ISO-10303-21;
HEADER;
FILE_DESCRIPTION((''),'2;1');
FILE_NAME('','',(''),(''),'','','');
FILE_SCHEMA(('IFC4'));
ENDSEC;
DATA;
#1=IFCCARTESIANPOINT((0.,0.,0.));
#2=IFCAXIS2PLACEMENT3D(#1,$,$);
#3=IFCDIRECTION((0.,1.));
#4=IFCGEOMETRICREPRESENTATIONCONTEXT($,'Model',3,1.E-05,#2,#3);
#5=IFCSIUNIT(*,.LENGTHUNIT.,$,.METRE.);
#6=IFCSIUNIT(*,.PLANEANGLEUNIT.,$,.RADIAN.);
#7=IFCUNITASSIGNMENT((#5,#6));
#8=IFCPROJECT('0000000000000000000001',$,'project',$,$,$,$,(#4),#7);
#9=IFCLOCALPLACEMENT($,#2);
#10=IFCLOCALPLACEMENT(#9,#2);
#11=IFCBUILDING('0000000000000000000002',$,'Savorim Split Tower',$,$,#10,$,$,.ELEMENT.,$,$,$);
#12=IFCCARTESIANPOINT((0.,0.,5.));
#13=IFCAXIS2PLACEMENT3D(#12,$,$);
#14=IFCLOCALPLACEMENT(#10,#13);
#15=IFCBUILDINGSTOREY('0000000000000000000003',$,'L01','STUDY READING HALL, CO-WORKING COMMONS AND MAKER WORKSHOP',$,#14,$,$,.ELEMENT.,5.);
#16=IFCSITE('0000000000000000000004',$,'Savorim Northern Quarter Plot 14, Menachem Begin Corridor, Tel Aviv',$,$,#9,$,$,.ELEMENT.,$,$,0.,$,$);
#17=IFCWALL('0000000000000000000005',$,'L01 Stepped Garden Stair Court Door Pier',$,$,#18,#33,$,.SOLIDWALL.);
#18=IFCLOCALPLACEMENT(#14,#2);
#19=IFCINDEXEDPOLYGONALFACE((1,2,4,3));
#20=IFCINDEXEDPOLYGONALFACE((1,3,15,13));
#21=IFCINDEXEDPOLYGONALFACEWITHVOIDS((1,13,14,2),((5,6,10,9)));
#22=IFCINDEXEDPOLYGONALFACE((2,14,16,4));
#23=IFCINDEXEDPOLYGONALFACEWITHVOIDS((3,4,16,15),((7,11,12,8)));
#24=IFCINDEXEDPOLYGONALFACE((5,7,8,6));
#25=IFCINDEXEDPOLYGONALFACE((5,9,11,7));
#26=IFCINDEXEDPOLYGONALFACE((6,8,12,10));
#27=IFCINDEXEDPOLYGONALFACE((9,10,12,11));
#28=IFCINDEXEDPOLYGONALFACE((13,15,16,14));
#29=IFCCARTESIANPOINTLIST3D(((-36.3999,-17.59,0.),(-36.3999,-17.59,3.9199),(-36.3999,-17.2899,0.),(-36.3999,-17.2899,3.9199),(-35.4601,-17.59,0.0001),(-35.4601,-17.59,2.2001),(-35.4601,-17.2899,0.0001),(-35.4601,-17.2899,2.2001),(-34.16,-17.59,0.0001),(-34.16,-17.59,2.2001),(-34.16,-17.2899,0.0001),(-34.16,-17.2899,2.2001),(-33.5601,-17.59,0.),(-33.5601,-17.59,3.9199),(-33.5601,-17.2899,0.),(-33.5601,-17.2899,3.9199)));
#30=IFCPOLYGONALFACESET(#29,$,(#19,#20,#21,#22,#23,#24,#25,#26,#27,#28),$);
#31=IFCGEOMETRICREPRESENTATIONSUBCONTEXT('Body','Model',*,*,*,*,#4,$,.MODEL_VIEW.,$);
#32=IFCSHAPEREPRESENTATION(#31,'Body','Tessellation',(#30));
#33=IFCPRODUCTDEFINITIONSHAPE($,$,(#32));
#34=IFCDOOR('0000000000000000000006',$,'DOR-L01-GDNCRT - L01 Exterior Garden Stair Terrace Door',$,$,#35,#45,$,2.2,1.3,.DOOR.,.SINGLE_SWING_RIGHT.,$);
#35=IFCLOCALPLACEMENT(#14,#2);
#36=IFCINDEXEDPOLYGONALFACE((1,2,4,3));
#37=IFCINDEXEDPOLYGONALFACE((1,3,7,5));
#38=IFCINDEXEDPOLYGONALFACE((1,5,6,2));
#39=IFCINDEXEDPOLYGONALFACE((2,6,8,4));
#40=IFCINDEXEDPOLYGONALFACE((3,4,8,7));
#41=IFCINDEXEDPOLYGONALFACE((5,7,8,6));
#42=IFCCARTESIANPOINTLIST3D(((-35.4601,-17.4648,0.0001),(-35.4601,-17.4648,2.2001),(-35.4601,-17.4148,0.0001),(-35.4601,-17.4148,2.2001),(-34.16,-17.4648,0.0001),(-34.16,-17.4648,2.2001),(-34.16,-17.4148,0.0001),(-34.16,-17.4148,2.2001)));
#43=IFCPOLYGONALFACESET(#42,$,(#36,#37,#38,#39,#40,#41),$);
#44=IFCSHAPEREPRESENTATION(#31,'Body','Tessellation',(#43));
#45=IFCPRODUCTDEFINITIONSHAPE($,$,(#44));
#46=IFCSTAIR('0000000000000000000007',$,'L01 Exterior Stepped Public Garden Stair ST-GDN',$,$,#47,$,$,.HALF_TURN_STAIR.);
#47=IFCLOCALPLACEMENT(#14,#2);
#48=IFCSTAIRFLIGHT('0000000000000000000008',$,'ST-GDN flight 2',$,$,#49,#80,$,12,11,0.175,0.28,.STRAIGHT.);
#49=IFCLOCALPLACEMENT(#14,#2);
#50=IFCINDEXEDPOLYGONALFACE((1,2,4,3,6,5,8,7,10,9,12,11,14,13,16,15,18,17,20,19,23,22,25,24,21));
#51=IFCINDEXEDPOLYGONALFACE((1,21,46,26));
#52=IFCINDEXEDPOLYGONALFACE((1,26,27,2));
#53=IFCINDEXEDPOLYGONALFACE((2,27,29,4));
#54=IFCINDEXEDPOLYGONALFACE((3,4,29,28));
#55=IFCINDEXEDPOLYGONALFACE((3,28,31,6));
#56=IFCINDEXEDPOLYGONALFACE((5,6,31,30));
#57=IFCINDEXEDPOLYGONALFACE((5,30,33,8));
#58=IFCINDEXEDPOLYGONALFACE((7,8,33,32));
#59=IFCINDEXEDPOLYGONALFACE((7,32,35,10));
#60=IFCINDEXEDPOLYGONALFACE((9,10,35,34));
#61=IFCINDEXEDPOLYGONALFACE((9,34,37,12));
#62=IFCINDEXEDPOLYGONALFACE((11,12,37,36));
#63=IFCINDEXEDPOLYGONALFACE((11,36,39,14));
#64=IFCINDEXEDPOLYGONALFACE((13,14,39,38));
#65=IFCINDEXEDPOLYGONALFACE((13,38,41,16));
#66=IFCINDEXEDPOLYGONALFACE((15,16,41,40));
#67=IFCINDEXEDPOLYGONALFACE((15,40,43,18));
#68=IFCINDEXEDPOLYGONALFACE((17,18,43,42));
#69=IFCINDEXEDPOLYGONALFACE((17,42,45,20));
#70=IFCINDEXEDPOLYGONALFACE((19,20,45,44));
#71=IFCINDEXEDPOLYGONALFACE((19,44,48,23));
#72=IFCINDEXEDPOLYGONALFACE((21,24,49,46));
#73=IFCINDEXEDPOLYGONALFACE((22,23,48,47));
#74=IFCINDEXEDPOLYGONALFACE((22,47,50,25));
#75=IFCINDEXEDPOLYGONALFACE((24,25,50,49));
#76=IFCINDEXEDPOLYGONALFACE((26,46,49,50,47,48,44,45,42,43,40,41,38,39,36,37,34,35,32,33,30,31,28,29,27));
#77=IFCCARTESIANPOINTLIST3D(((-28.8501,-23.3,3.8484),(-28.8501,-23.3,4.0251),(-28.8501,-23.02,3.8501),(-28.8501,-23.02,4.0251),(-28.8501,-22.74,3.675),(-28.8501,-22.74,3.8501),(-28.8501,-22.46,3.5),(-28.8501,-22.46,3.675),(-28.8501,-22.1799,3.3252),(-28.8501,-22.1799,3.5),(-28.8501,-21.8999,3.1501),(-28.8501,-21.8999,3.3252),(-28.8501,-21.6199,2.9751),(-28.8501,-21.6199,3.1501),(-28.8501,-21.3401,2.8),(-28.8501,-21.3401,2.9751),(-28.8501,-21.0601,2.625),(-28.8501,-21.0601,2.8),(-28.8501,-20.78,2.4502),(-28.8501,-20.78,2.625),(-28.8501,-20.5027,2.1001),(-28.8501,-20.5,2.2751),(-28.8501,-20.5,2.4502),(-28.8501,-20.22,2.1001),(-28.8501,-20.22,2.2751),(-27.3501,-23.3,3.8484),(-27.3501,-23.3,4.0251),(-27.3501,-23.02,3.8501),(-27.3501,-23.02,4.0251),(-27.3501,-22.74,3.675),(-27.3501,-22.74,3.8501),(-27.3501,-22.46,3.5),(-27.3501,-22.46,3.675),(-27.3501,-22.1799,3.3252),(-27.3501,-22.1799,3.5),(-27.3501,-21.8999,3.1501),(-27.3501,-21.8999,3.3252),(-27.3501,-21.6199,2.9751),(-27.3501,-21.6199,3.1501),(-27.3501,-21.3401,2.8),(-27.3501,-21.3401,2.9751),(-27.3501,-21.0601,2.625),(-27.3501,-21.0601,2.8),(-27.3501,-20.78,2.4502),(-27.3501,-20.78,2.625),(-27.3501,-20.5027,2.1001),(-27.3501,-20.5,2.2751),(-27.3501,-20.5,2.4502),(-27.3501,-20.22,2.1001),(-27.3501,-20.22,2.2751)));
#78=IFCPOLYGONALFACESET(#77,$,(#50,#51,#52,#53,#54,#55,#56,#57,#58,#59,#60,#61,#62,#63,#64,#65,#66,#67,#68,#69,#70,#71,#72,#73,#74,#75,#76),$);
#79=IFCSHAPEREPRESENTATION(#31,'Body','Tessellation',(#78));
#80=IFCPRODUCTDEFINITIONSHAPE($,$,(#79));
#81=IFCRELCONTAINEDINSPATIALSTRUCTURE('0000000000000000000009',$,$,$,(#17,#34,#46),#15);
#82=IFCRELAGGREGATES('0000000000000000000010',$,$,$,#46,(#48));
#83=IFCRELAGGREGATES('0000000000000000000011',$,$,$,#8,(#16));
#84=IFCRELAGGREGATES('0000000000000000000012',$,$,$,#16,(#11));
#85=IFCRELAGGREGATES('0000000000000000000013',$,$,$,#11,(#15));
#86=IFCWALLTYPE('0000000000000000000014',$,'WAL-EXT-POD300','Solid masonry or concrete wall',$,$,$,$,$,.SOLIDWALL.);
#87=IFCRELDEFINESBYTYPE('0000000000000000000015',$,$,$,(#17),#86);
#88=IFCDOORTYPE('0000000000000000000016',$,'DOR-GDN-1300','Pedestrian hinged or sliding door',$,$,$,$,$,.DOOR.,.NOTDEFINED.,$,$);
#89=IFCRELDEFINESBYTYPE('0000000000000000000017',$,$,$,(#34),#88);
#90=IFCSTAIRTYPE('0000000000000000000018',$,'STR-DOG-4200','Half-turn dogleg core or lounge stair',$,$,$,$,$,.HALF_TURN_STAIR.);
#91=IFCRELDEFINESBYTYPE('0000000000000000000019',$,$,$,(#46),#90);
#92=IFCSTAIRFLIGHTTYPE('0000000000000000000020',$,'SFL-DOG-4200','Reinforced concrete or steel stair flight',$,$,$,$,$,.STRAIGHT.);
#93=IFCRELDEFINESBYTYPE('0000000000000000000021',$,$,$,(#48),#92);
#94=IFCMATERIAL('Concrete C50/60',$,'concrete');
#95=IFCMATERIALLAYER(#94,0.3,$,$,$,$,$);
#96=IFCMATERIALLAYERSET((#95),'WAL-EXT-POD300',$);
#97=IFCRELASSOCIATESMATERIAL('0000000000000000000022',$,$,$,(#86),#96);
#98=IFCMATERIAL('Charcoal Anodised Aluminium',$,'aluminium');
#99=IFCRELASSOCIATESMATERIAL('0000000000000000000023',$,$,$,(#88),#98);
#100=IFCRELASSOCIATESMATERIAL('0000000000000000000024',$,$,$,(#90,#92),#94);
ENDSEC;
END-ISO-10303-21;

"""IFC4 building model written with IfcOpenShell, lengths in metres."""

from ifc_helpers import new_model, si_unit, direction, frame, frame_2d, origin, place, context, subcontext, project, spatial, polyline, rectangle, outline, extrude, material, layer, layer_set, type_object, element, fill, aggregate, save


model = new_model("IFC4")

# Units and contexts
model_context = context("Model", 3, precision=1e-05, world=origin(), true_north=direction((0.0, 1.0)))
body_context = subcontext(model_context, "Body", "Model", "MODEL_VIEW")
ifc_project = project(units=[si_unit("LENGTHUNIT", "METRE"), si_unit("PLANEANGLEUNIT", "RADIAN")], contexts=[model_context])

# Site, building, storey
site_placement = place(None, origin())
site = spatial("IfcSite", under=ifc_project, at=site_placement, Name="Savorim Northern Quarter Plot 14, Menachem Begin Corridor, Tel Aviv", CompositionType="ELEMENT", RefElevation=0.0)
building_placement = place(site_placement, origin())
building = spatial("IfcBuilding", under=site, at=building_placement, Name="Savorim Split Tower", CompositionType="ELEMENT")
storey_placement = place(building_placement, frame((0.0, 0.0, 5.0)))
storey = spatial("IfcBuildingStorey", under=building, at=storey_placement, Name="L01", Description="STUDY READING HALL, CO-WORKING COMMONS AND MAKER WORKSHOP", CompositionType="ELEMENT", Elevation=5.0)

# Shared definitions
ifc_material_1 = material(Name="Charcoal Anodised Aluminium", Category="aluminium")

# Wall, opening, door
ifc_material_2 = material(Name="Concrete C50/60", Category="concrete")
ifc_layer_1 = layer(ifc_material_2, 0.3)
ifc_layer_set_1 = layer_set([ifc_layer_1], Name="WAL-EXT-POD300")
wall_type = type_object("IfcWallType", Name="WAL-EXT-POD300", Description="Solid masonry or concrete wall", PredefinedType="SOLIDWALL", material=ifc_layer_set_1)
wall_placement = place(storey_placement, frame((-33.5601, -17.4399, 0.0), z_axis=(0.0, 0.0, 1.0), x_axis=(-1.0, 0.0, 0.0)))
wall = element("IfcWall", 1, at=wall_placement, inside=storey, type_object=wall_type, Name="L01 Stepped Garden Stair Court Door Pier", PredefinedType="SOLIDWALL", context=body_context, shape_type="SweptSolid", body=[
    extrude(rectangle(XDim=2.8398, YDim=0.3, at=frame_2d((1.4199, 0.0))), origin(), (0.0, 0.0, 1.0), 3.9199),
])
opening_placement = place(wall_placement, frame((0.6001, 0.0, 0.0)))
opening = element("IfcOpeningElement", 2, at=opening_placement, cuts=wall, PredefinedType="OPENING", context=body_context, shape_type="SweptSolid", body=[
    extrude(rectangle(XDim=1.3, YDim=2.2, at=frame_2d((0.6499, 1.1001))), frame((0.0, 0.1599, 0.0), z_axis=(0.0, -1.0, 0.0), x_axis=(1.0, 0.0, 0.0)), (0.0, 0.0, 1.0), 0.3201),
])
door_type = type_object("IfcDoorType", Name="DOR-GDN-1300", Description="Pedestrian hinged or sliding door", OperationType="NOTDEFINED", PredefinedType="DOOR", material=ifc_material_1)
door_placement = place(opening_placement, origin())
door = element("IfcDoor", 3, at=door_placement, inside=storey, type_object=door_type, Name="DOR-L01-GDNCRT - L01 Exterior Garden Stair Terrace Door", OperationType="SINGLE_SWING_RIGHT", OverallHeight=2.2, OverallWidth=1.3, PredefinedType="DOOR", context=body_context, shape_type="SweptSolid", body=[
    extrude(rectangle(XDim=1.3, YDim=2.2, at=frame_2d((0.6499, 1.1001))), frame((0.0, 0.0249, 0.0), z_axis=(0.0, -1.0, 0.0), x_axis=(1.0, 0.0, 0.0)), (0.0, 0.0, 1.0), 0.05),
])
fill(opening, door)

# Stair, stair flight
stair_type = type_object("IfcStairType", Name="STR-DOG-4200", Description="Half-turn dogleg core or lounge stair", PredefinedType="HALF_TURN_STAIR", material=ifc_material_2)
stair_placement = place(storey_placement, origin())
stair = element("IfcStair", 4, at=stair_placement, inside=storey, type_object=stair_type, Name="L01 Exterior Stepped Public Garden Stair ST-GDN", PredefinedType="HALF_TURN_STAIR")
stair_flight_type = type_object("IfcStairFlightType", Name="SFL-DOG-4200", Description="Reinforced concrete or steel stair flight", PredefinedType="STRAIGHT", material=ifc_material_2)
stair_flight_placement = place(storey_placement, frame((-28.1001, -20.22, 2.1001), z_axis=(0.0, 0.0, 1.0), x_axis=(0.0, -1.0, 0.0)))
stair_flight = element("IfcStairFlight", 5, at=stair_flight_placement, type_object=stair_flight_type, Name="ST-GDN flight 2", NumberOfRisers=12, NumberOfTreads=11, PredefinedType="STRAIGHT", RiserHeight=0.175, TreadLength=0.28, context=body_context, shape_type="SweptSolid", body=[
    extrude(outline(polyline([(0.0, 0.0), (0.0, 0.175), (0.28, 0.175), (0.28, 0.3501), (0.5601, 0.3501), (0.5601, 0.5249), (0.8401, 0.5249), (0.8401, 0.7), (1.1201, 0.7), (1.1201, 0.875), (1.3999, 0.875), (1.3999, 1.05), (1.6799, 1.05), (1.6799, 1.2251), (1.96, 1.2251), (1.96, 1.3999), (2.24, 1.3999), (2.24, 1.575), (2.52, 1.575), (2.52, 1.75), (2.8, 1.75), (2.8, 1.925), (3.0801, 1.925), (3.0801, 2.1001), (3.0801, 1.7483), (0.2827, 0.0), (0.0, 0.0)])), frame((0.0, 0.75, 0.0), z_axis=(0.0, -1.0, 0.0), x_axis=(1.0, 0.0, 0.0)), (0.0, 0.0, 1.0), 1.5),
])
aggregate(stair, [stair_flight])

save(model, "model.ifc")
